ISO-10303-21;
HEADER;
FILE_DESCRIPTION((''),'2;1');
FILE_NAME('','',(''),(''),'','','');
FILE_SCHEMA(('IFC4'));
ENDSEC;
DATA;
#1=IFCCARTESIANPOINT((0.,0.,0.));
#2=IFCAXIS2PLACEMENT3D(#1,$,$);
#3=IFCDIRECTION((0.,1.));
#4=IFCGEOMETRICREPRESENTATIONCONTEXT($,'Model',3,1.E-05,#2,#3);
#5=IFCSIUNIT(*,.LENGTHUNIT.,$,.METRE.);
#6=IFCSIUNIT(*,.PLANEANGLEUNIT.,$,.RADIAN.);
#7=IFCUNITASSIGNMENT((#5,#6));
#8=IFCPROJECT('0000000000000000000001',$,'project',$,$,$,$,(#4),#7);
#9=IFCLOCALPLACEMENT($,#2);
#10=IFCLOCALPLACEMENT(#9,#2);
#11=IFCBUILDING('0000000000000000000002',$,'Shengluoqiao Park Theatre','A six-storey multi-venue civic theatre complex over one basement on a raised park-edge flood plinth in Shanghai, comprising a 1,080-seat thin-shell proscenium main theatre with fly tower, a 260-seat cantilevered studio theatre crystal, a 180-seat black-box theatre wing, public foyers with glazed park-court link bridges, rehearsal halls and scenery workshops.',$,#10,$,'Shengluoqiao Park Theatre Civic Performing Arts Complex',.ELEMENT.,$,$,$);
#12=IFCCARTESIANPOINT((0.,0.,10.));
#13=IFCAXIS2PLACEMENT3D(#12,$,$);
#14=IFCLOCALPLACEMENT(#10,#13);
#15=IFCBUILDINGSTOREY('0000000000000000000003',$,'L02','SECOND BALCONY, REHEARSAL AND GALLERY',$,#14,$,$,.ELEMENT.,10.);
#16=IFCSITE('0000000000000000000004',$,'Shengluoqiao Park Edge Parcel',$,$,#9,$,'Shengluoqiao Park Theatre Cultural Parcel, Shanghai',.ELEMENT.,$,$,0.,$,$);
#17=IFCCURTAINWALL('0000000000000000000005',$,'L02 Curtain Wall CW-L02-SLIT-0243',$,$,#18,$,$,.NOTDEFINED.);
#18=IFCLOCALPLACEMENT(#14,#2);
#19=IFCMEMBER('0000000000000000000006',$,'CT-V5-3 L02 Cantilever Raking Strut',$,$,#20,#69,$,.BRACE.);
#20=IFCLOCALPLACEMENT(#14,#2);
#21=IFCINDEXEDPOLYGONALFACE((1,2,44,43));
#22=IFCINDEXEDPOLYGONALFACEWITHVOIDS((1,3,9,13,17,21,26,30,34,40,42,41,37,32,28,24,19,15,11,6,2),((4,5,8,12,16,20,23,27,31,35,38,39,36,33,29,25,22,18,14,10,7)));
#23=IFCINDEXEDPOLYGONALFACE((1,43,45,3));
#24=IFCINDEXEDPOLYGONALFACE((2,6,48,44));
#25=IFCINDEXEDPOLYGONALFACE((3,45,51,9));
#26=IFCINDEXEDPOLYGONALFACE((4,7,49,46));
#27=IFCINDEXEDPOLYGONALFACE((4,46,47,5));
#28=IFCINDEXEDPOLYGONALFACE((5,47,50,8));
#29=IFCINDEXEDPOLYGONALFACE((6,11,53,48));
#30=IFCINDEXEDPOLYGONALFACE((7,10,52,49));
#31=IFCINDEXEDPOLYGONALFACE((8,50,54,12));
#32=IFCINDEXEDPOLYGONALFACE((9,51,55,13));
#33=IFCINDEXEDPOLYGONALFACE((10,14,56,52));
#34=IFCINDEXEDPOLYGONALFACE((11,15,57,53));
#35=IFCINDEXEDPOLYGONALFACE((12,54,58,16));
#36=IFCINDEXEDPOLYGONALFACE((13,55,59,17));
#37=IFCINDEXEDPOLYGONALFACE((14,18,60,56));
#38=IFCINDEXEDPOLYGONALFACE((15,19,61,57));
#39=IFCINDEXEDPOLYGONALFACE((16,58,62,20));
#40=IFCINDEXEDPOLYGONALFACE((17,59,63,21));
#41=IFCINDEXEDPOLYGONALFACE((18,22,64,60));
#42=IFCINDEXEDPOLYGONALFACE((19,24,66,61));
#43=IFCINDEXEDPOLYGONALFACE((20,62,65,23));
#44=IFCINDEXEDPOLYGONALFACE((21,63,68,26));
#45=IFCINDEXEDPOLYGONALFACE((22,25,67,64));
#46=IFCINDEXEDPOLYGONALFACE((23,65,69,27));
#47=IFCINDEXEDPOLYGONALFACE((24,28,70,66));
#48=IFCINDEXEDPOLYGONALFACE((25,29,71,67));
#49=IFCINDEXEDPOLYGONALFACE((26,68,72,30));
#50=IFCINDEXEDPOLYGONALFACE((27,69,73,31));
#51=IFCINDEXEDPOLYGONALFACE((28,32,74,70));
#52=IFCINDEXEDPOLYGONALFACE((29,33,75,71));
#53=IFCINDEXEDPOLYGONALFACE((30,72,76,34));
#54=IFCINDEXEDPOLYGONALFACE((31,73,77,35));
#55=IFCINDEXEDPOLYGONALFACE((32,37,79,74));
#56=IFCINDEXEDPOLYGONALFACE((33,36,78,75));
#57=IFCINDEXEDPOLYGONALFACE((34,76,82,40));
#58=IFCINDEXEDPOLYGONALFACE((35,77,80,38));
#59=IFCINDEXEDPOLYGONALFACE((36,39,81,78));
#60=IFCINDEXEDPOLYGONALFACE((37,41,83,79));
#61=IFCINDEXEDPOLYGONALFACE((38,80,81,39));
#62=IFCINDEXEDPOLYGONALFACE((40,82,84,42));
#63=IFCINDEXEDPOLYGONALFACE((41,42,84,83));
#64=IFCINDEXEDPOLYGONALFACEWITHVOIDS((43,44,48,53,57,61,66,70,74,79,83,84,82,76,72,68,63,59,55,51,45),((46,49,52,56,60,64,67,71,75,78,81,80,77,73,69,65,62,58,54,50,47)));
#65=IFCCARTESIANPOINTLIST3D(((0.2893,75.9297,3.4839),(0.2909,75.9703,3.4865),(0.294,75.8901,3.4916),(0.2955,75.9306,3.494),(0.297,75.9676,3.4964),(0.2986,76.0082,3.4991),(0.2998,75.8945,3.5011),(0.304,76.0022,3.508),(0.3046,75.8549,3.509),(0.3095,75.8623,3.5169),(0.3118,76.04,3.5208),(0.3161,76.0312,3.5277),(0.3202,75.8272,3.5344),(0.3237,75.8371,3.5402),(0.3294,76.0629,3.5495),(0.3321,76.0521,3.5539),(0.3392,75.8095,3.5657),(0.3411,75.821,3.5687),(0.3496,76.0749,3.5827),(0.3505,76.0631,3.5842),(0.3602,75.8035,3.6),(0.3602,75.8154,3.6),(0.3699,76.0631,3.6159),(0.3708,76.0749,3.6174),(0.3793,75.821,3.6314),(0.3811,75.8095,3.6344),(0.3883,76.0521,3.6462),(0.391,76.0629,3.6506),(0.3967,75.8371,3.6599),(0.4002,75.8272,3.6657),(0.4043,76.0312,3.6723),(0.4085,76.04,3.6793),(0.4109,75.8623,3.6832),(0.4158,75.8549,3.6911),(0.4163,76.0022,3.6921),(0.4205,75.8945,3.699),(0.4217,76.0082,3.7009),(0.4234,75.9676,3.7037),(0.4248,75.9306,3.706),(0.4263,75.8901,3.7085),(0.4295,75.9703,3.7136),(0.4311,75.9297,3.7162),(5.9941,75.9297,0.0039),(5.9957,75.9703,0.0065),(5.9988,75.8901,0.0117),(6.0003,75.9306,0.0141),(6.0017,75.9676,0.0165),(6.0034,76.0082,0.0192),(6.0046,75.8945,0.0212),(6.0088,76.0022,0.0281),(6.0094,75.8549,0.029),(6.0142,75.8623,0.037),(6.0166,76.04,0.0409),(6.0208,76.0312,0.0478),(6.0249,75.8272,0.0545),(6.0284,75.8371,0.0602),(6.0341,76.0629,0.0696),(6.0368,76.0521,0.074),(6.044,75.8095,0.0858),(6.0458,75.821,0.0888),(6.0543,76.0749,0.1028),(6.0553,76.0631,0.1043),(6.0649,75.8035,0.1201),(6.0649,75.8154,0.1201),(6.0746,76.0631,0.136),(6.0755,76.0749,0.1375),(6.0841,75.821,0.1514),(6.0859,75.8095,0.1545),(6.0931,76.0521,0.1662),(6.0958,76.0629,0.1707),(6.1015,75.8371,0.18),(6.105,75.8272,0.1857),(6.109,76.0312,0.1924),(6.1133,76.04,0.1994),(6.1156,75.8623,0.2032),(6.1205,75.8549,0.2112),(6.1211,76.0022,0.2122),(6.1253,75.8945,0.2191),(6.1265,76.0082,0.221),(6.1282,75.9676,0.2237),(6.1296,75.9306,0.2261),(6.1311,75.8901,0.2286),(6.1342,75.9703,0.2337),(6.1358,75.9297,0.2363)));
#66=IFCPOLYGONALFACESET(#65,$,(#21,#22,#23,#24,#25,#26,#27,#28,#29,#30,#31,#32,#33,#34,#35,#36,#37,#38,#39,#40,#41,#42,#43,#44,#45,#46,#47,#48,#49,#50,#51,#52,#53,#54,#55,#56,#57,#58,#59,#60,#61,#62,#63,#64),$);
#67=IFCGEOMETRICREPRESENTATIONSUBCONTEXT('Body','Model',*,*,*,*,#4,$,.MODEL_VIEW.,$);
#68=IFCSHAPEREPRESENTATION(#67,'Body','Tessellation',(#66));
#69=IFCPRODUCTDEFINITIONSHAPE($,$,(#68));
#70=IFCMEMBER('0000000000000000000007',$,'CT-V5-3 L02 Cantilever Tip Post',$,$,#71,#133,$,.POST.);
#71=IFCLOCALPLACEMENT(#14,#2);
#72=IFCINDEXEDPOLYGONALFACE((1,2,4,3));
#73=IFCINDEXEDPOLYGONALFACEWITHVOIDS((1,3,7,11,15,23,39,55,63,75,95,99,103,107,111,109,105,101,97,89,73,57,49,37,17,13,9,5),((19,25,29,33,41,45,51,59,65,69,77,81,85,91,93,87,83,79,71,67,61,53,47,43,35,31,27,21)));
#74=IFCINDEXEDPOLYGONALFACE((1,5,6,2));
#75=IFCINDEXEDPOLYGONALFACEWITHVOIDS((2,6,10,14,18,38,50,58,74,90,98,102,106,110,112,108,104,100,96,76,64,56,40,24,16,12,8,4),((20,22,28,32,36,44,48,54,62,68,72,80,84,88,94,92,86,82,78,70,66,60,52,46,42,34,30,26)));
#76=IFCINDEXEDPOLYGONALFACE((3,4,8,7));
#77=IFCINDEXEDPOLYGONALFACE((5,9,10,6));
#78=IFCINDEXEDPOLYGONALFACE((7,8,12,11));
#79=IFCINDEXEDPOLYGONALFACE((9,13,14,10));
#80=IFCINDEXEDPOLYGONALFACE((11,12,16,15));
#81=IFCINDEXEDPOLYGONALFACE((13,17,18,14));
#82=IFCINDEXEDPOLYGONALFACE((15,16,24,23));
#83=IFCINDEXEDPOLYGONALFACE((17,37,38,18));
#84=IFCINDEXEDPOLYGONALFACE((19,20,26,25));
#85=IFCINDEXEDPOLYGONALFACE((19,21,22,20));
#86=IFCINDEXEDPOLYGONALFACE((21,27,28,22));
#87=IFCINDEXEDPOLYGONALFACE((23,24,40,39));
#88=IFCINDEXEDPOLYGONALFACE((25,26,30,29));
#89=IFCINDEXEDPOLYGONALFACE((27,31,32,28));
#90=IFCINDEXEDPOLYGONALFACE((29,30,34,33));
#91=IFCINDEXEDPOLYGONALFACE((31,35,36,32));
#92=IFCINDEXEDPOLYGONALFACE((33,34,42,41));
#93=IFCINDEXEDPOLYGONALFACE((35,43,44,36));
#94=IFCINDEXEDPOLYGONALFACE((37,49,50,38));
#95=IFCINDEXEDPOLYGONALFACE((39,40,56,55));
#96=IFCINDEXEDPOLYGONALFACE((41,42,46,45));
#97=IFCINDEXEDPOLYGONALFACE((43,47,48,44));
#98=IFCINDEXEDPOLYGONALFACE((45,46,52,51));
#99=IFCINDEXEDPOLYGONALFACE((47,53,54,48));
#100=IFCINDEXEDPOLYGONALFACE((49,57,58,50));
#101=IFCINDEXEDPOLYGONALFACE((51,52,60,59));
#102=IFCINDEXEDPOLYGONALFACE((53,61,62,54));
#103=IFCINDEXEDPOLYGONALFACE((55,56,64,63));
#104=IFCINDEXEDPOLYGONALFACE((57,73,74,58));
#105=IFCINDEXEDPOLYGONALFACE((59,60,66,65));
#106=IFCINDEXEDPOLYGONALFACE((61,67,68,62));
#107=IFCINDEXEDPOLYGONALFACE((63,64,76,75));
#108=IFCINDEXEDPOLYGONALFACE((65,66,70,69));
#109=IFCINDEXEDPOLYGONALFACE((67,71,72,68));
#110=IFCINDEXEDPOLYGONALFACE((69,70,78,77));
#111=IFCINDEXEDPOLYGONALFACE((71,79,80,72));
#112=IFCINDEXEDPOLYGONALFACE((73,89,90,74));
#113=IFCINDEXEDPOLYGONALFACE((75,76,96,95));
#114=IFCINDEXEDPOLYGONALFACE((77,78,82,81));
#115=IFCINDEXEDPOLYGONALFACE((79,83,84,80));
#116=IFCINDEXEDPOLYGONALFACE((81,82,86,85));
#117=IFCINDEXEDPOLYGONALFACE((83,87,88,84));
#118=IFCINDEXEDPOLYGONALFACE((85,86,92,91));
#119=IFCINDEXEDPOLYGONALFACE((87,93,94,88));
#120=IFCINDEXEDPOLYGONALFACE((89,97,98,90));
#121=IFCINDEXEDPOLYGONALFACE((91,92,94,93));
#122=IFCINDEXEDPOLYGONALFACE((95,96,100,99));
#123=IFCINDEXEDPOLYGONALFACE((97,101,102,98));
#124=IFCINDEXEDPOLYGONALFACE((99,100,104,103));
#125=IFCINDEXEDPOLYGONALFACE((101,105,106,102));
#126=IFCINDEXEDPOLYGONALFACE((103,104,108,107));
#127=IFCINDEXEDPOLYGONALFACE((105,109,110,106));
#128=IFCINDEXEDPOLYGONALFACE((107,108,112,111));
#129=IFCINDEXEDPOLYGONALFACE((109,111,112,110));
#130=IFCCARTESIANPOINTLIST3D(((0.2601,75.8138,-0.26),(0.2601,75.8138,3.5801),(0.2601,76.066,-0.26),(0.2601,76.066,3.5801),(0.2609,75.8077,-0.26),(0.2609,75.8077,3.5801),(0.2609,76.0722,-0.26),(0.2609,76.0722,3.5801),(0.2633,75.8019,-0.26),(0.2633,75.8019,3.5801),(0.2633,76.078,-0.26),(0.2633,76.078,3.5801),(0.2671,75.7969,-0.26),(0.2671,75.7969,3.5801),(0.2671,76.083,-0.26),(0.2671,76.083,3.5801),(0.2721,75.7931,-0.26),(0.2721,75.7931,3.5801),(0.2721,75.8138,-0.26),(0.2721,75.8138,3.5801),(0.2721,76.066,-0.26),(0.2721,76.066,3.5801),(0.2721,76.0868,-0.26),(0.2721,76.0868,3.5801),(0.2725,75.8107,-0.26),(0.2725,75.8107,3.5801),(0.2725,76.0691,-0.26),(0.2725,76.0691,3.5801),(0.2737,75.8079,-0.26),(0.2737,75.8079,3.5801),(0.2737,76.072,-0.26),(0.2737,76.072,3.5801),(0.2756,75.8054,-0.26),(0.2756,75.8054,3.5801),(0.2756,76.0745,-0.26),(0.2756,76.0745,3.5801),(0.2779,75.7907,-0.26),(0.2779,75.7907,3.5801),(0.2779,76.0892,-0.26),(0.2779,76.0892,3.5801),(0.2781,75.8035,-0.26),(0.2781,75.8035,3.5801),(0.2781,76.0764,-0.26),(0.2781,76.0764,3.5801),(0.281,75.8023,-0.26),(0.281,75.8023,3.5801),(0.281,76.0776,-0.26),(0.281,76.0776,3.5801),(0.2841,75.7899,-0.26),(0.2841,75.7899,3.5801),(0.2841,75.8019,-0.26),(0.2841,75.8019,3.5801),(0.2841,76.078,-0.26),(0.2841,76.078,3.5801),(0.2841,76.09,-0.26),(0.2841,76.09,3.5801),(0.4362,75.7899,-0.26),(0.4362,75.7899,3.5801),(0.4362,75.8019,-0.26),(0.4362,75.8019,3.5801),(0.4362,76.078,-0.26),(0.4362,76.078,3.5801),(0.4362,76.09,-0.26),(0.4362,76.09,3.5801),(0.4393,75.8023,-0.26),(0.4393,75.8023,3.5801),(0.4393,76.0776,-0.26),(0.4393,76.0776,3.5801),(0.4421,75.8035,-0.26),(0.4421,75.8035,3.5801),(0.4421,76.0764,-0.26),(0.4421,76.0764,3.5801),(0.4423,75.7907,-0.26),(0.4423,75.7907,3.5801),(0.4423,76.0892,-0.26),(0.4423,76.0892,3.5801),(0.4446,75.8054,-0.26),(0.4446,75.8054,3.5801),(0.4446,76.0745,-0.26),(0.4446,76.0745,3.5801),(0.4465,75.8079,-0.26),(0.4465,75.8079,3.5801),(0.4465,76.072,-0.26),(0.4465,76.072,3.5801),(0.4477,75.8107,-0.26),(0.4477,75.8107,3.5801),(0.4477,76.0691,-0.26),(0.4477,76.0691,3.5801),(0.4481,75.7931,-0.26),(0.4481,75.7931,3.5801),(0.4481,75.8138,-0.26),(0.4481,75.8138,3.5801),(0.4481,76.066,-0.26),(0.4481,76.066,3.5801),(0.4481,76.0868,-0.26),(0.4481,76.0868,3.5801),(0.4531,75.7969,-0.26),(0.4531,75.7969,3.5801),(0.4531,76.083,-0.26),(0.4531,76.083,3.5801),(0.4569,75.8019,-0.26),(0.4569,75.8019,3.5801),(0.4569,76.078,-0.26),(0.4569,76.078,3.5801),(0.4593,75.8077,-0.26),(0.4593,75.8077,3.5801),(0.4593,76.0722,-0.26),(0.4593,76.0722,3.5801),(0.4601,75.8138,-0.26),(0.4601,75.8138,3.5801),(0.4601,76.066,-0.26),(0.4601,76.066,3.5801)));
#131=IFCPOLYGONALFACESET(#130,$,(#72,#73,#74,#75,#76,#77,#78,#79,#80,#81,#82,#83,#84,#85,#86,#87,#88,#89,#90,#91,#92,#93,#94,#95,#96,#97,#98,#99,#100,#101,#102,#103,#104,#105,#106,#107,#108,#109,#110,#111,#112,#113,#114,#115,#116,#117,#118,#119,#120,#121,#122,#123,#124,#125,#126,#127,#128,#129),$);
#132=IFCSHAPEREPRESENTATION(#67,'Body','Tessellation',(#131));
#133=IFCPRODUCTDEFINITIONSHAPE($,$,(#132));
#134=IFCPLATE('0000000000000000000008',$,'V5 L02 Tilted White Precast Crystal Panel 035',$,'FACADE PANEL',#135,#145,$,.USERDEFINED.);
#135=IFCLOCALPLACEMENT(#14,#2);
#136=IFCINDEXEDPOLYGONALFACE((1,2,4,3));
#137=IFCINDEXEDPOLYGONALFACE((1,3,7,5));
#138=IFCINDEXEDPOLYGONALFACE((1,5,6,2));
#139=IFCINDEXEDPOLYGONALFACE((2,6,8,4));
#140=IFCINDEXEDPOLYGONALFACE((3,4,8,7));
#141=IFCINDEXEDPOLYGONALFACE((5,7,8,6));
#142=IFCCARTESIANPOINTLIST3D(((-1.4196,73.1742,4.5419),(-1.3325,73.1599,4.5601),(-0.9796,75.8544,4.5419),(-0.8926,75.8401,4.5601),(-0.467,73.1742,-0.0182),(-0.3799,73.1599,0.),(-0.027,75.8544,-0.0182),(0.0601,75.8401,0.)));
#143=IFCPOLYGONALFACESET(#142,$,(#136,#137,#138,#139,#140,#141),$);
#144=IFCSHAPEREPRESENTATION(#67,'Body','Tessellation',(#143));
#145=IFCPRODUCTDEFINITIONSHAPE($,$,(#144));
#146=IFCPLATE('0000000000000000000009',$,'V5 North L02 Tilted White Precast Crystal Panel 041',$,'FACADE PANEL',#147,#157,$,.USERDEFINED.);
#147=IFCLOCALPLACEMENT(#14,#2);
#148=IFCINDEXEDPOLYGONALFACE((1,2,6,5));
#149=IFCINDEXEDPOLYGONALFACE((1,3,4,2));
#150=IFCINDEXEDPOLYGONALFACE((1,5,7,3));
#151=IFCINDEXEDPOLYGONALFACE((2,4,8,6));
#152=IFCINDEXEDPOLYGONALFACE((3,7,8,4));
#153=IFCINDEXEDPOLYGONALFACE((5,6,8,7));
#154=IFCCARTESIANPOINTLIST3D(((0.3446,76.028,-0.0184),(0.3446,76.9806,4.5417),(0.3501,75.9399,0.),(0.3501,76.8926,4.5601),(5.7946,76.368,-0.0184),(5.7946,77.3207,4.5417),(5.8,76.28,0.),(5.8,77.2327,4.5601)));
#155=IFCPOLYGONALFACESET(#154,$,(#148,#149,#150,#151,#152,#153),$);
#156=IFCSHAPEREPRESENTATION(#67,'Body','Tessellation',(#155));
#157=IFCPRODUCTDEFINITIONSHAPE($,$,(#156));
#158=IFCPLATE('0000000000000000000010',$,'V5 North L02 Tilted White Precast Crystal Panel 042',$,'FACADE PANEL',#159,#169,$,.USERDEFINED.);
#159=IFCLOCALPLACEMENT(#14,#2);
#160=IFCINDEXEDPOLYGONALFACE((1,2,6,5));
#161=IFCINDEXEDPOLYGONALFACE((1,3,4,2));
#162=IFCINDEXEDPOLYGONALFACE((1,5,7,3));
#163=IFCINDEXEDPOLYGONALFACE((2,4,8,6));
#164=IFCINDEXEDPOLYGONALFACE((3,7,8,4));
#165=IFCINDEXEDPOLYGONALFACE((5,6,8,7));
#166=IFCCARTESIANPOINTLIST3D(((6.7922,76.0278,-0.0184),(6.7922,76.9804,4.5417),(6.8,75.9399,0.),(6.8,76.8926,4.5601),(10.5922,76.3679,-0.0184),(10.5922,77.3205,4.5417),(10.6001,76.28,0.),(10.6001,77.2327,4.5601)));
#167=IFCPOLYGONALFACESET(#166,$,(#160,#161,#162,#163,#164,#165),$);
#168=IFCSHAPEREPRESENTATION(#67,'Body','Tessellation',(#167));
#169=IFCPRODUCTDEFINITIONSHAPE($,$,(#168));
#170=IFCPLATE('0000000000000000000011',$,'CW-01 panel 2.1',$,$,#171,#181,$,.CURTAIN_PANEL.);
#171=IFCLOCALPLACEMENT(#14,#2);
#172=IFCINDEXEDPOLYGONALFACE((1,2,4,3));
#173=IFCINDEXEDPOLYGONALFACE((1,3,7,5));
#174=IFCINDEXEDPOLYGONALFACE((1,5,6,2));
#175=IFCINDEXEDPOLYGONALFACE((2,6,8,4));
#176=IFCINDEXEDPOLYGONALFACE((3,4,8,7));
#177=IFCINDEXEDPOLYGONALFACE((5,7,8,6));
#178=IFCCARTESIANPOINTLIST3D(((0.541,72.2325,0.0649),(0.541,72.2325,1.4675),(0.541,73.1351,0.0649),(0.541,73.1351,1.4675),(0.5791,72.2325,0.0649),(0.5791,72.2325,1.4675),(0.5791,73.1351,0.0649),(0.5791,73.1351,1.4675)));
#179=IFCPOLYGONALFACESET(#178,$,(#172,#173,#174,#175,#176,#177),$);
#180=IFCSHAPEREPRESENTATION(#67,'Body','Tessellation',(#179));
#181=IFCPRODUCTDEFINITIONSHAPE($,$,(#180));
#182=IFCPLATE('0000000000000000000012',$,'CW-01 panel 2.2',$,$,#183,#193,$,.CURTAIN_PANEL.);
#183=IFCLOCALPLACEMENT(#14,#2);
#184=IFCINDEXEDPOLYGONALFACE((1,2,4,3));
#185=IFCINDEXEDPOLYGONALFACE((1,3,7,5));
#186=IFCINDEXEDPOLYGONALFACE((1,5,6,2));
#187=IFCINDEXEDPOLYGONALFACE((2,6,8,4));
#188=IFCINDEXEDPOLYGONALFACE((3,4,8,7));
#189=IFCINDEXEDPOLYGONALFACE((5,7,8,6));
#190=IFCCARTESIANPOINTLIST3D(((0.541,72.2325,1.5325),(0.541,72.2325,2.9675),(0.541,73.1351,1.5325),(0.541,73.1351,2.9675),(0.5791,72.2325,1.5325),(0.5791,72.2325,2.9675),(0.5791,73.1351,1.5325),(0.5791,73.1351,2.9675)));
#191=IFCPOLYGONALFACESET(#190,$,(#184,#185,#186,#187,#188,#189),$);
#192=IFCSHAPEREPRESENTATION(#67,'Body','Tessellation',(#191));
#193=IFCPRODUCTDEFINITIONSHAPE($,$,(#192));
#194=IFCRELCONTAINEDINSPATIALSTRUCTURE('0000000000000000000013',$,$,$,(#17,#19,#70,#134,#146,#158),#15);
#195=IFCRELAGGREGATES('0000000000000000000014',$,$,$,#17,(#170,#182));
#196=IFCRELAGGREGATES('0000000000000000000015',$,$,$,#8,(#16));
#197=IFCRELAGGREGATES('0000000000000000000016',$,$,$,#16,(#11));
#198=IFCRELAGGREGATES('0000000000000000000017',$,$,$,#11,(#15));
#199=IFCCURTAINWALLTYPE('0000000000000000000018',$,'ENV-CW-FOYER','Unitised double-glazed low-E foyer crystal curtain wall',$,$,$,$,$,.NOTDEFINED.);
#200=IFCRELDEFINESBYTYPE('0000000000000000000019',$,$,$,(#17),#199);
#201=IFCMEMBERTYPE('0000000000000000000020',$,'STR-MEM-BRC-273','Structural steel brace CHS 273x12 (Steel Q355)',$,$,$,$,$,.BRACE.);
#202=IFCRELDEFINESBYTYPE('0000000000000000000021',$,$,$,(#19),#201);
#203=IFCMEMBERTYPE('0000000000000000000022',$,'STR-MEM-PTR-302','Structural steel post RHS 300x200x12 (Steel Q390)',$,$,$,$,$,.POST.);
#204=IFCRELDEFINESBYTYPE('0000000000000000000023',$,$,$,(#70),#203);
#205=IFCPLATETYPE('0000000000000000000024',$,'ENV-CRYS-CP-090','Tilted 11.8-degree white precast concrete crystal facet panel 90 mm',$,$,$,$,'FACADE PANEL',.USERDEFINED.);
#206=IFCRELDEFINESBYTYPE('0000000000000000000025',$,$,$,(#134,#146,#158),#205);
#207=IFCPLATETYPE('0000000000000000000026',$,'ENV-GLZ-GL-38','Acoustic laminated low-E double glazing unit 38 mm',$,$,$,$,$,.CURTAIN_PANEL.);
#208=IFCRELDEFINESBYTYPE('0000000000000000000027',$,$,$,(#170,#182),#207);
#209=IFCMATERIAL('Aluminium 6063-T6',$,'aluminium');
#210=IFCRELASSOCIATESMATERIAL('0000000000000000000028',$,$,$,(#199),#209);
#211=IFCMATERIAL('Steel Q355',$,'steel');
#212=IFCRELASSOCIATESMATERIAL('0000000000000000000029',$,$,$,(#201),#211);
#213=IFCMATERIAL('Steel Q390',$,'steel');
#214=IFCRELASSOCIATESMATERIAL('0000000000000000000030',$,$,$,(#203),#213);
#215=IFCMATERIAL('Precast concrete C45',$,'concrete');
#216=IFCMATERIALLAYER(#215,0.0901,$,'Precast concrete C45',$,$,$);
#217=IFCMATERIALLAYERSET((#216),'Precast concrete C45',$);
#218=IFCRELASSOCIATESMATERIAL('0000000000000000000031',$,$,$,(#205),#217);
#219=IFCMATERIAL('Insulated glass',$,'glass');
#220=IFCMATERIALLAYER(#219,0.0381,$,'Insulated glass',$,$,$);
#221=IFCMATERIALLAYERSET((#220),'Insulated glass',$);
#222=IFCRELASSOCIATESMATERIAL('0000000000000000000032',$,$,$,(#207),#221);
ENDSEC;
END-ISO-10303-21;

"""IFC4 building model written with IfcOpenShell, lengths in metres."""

from ifc_helpers import new_model, si_unit, direction, frame, origin, origin_2d, place, context, subcontext, project, spatial, polyline, rectangle, hollow_rectangle, hollow_circle, outline, extrude, material, layer, layer_set, material_profile, profile_set, type_object, element, aggregate, save


model = new_model("IFC4")

# Units and contexts
model_context = context("Model", 3, precision=1e-05, world=origin(), true_north=direction((0.0, 1.0)))
body_context = subcontext(model_context, "Body", "Model", "MODEL_VIEW")
ifc_project = project(units=[si_unit("LENGTHUNIT", "METRE"), si_unit("PLANEANGLEUNIT", "RADIAN")], contexts=[model_context])

# Site, building, storey
site_placement = place(None, origin())
site = spatial("IfcSite", under=ifc_project, at=site_placement, Name="Shengluoqiao Park Edge Parcel", LongName="Shengluoqiao Park Theatre Cultural Parcel, Shanghai", CompositionType="ELEMENT", RefElevation=0.0)
building_placement = place(site_placement, origin())
building = spatial("IfcBuilding", under=site, at=building_placement, Name="Shengluoqiao Park Theatre", Description="A six-storey multi-venue civic theatre complex over one basement on a raised park-edge flood plinth in Shanghai, comprising a 1,080-seat thin-shell proscenium main theatre with fly tower, a 260-seat cantilevered studio theatre crystal, a 180-seat black-box theatre wing, public foyers with glazed park-court link bridges, rehearsal halls and scenery workshops.", LongName="Shengluoqiao Park Theatre Civic Performing Arts Complex", CompositionType="ELEMENT")
storey_placement = place(building_placement, frame((0.0, 0.0, 10.0)))
storey = spatial("IfcBuildingStorey", under=building, at=storey_placement, Name="L02", Description="SECOND BALCONY, REHEARSAL AND GALLERY", CompositionType="ELEMENT", Elevation=10.0)

# Curtain wall
ifc_material_1 = material(Name="Aluminium 6063-T6", Category="aluminium")
curtain_wall_type = type_object("IfcCurtainWallType", Name="ENV-CW-FOYER", Description="Unitised double-glazed low-E foyer crystal curtain wall", PredefinedType="NOTDEFINED", material=ifc_material_1)
curtain_wall_1_placement = place(storey_placement, origin())
curtain_wall_1 = element("IfcCurtainWall", 1, at=curtain_wall_1_placement, inside=storey, type_object=curtain_wall_type, Name="L02 Curtain Wall CW-L02-SLIT-0243", PredefinedType="NOTDEFINED")

# Shared definitions
ifc_material_2 = material(Name="Steel Q390", Category="steel")

# Members
ifc_material_3 = material(Name="Steel Q355", Category="steel")
ifc_material_profile_1 = material_profile(ifc_material_3, hollow_circle(Radius=0.1365, WallThickness=0.012, at=origin_2d()), Name="CHS 273x12")
ifc_profile_set_1 = profile_set([ifc_material_profile_1], Name="Steel Q355")
member_type_1 = type_object("IfcMemberType", Name="STR-MEM-BRC-273", Description="Structural steel brace CHS 273x12 (Steel Q355)", PredefinedType="BRACE", material=ifc_profile_set_1)
member_1_placement = place(storey_placement, frame((6.0649, 75.9399, 0.1201), z_axis=(-0.853701, 0.0, 0.520763), x_axis=(0.0, -1.0, 0.0)))
element("IfcMember", 2, at=member_1_placement, inside=storey, type_object=member_type_1, Name="CT-V5-3 L02 Cantilever Raking Strut", PredefinedType="BRACE", context=body_context, shape_type="SweptSolid", body=[
    extrude(hollow_circle(Radius=0.1365, WallThickness=0.012, at=origin_2d()), origin(), (0.0, 0.0, 1.0), 6.6824),
])
ifc_material_profile_2 = material_profile(ifc_material_2, hollow_rectangle(XDim=0.2, YDim=0.3, WallThickness=0.012, InnerFilletRadius=0.012, OuterFilletRadius=0.0239, at=origin_2d()), Name="RHS 300x200x12")
ifc_profile_set_2 = profile_set([ifc_material_profile_2], Name="Steel Q390")
member_type_2 = type_object("IfcMemberType", Name="STR-MEM-PTR-302", Description="Structural steel post RHS 300x200x12 (Steel Q390)", PredefinedType="POST", material=ifc_profile_set_2)
member_2_placement = place(storey_placement, frame((0.3601, 75.9399, -0.26), z_axis=(0.0, 0.0, 1.0), x_axis=(1.0, 0.0, 0.0)))
element("IfcMember", 3, at=member_2_placement, inside=storey, type_object=member_type_2, Name="CT-V5-3 L02 Cantilever Tip Post", PredefinedType="POST", context=body_context, shape_type="SweptSolid", body=[
    extrude(hollow_rectangle(XDim=0.2, YDim=0.3, WallThickness=0.012, InnerFilletRadius=0.012, OuterFilletRadius=0.0239, at=origin_2d()), origin(), (0.0, 0.0, 1.0), 3.8401),
])

# Plates
ifc_material_4 = material(Name="Precast concrete C45", Category="concrete")
ifc_layer_1 = layer(ifc_material_4, 0.0901, Name="Precast concrete C45")
ifc_layer_set_1 = layer_set([ifc_layer_1], Name="Precast concrete C45")
plate_type_1 = type_object("IfcPlateType", Name="ENV-CRYS-CP-090", Description="Tilted 11.8-degree white precast concrete crystal facet panel 90 mm", ElementType="FACADE PANEL", PredefinedType="USERDEFINED", material=ifc_layer_set_1)
plate_1_placement = place(storey_placement, frame((-0.3799, 73.1599, 0.0), z_axis=(0.966471, -0.158643, 0.201904), x_axis=(0.161979, 0.986794, 0.0)))
element("IfcPlate", 4, at=plate_1_placement, inside=storey, type_object=plate_type_1, Name="V5 L02 Tilted White Precast Crystal Panel 035", ObjectType="FACADE PANEL", PredefinedType="USERDEFINED", context=body_context, shape_type="SweptSolid", body=[
    extrude(outline(polyline([(0.0, 0.0), (2.716, 0.0), (2.5617, 4.6559), (-0.1543, 4.6559), (0.0, 0.0)])), origin(), (0.0, 0.0, -1.0), 0.0901),
])
plate_2_placement = place(storey_placement, frame((0.3501, 75.9399, 0.0), z_axis=(0.06097, -0.977047, 0.204114), x_axis=(0.998059, 0.062281, 0.0)))
element("IfcPlate", 5, at=plate_2_placement, inside=storey, type_object=plate_type_1, Name="V5 North L02 Tilted White Precast Crystal Panel 041", ObjectType="FACADE PANEL", PredefinedType="USERDEFINED", context=body_context, shape_type="SweptSolid", body=[
    extrude(outline(polyline([(0.0, 0.0), (5.4606, 0.0), (5.5199, 4.6581), (0.0593, 4.6581), (0.0, 0.0)])), origin(), (0.0, 0.0, -1.0), 0.0901),
])
plate_3_placement = place(storey_placement, frame((6.8, 75.9399, 0.0), z_axis=(0.08727, -0.975133, 0.203714), x_axis=(0.996019, 0.089139, 0.0)))
element("IfcPlate", 6, at=plate_3_placement, inside=storey, type_object=plate_type_1, Name="V5 North L02 Tilted White Precast Crystal Panel 042", ObjectType="FACADE PANEL", PredefinedType="USERDEFINED", context=body_context, shape_type="SweptSolid", body=[
    extrude(outline(polyline([(0.0, 0.0), (3.8152, 0.0), (3.9002, 4.6577), (0.0849, 4.6577), (0.0, 0.0)])), origin(), (0.0, 0.0, -1.0), 0.0901),
])

# Plates
ifc_material_5 = material(Name="Insulated glass", Category="glass")
ifc_layer_2 = layer(ifc_material_5, 0.0381, Name="Insulated glass")
ifc_layer_set_2 = layer_set([ifc_layer_2], Name="Insulated glass")
plate_type_2 = type_object("IfcPlateType", Name="ENV-GLZ-GL-38", Description="Acoustic laminated low-E double glazing unit 38 mm", PredefinedType="CURTAIN_PANEL", material=ifc_layer_set_2)
plate_4_placement = place(storey_placement, frame((0.5601, 72.6838, 0.0649), z_axis=(0.0, 0.0, 1.0), x_axis=(0.0, 1.0, 0.0)))
plate_4 = element("IfcPlate", 7, at=plate_4_placement, type_object=plate_type_2, Name="CW-01 panel 2.1", PredefinedType="CURTAIN_PANEL", context=body_context, shape_type="SweptSolid", body=[
    extrude(rectangle(XDim=0.9026, YDim=0.0381, at=origin_2d()), origin(), (0.0, 0.0, 1.0), 1.4026),
])
plate_5_placement = place(storey_placement, frame((0.5601, 72.6838, 1.5325), z_axis=(0.0, 0.0, 1.0), x_axis=(0.0, 1.0, 0.0)))
plate_5 = element("IfcPlate", 8, at=plate_5_placement, type_object=plate_type_2, Name="CW-01 panel 2.2", PredefinedType="CURTAIN_PANEL", context=body_context, shape_type="SweptSolid", body=[
    extrude(rectangle(XDim=0.9026, YDim=0.0381, at=origin_2d()), origin(), (0.0, 0.0, 1.0), 1.4351),
])
aggregate(curtain_wall_1, [plate_4, plate_5])

save(model, "model.ifc")
